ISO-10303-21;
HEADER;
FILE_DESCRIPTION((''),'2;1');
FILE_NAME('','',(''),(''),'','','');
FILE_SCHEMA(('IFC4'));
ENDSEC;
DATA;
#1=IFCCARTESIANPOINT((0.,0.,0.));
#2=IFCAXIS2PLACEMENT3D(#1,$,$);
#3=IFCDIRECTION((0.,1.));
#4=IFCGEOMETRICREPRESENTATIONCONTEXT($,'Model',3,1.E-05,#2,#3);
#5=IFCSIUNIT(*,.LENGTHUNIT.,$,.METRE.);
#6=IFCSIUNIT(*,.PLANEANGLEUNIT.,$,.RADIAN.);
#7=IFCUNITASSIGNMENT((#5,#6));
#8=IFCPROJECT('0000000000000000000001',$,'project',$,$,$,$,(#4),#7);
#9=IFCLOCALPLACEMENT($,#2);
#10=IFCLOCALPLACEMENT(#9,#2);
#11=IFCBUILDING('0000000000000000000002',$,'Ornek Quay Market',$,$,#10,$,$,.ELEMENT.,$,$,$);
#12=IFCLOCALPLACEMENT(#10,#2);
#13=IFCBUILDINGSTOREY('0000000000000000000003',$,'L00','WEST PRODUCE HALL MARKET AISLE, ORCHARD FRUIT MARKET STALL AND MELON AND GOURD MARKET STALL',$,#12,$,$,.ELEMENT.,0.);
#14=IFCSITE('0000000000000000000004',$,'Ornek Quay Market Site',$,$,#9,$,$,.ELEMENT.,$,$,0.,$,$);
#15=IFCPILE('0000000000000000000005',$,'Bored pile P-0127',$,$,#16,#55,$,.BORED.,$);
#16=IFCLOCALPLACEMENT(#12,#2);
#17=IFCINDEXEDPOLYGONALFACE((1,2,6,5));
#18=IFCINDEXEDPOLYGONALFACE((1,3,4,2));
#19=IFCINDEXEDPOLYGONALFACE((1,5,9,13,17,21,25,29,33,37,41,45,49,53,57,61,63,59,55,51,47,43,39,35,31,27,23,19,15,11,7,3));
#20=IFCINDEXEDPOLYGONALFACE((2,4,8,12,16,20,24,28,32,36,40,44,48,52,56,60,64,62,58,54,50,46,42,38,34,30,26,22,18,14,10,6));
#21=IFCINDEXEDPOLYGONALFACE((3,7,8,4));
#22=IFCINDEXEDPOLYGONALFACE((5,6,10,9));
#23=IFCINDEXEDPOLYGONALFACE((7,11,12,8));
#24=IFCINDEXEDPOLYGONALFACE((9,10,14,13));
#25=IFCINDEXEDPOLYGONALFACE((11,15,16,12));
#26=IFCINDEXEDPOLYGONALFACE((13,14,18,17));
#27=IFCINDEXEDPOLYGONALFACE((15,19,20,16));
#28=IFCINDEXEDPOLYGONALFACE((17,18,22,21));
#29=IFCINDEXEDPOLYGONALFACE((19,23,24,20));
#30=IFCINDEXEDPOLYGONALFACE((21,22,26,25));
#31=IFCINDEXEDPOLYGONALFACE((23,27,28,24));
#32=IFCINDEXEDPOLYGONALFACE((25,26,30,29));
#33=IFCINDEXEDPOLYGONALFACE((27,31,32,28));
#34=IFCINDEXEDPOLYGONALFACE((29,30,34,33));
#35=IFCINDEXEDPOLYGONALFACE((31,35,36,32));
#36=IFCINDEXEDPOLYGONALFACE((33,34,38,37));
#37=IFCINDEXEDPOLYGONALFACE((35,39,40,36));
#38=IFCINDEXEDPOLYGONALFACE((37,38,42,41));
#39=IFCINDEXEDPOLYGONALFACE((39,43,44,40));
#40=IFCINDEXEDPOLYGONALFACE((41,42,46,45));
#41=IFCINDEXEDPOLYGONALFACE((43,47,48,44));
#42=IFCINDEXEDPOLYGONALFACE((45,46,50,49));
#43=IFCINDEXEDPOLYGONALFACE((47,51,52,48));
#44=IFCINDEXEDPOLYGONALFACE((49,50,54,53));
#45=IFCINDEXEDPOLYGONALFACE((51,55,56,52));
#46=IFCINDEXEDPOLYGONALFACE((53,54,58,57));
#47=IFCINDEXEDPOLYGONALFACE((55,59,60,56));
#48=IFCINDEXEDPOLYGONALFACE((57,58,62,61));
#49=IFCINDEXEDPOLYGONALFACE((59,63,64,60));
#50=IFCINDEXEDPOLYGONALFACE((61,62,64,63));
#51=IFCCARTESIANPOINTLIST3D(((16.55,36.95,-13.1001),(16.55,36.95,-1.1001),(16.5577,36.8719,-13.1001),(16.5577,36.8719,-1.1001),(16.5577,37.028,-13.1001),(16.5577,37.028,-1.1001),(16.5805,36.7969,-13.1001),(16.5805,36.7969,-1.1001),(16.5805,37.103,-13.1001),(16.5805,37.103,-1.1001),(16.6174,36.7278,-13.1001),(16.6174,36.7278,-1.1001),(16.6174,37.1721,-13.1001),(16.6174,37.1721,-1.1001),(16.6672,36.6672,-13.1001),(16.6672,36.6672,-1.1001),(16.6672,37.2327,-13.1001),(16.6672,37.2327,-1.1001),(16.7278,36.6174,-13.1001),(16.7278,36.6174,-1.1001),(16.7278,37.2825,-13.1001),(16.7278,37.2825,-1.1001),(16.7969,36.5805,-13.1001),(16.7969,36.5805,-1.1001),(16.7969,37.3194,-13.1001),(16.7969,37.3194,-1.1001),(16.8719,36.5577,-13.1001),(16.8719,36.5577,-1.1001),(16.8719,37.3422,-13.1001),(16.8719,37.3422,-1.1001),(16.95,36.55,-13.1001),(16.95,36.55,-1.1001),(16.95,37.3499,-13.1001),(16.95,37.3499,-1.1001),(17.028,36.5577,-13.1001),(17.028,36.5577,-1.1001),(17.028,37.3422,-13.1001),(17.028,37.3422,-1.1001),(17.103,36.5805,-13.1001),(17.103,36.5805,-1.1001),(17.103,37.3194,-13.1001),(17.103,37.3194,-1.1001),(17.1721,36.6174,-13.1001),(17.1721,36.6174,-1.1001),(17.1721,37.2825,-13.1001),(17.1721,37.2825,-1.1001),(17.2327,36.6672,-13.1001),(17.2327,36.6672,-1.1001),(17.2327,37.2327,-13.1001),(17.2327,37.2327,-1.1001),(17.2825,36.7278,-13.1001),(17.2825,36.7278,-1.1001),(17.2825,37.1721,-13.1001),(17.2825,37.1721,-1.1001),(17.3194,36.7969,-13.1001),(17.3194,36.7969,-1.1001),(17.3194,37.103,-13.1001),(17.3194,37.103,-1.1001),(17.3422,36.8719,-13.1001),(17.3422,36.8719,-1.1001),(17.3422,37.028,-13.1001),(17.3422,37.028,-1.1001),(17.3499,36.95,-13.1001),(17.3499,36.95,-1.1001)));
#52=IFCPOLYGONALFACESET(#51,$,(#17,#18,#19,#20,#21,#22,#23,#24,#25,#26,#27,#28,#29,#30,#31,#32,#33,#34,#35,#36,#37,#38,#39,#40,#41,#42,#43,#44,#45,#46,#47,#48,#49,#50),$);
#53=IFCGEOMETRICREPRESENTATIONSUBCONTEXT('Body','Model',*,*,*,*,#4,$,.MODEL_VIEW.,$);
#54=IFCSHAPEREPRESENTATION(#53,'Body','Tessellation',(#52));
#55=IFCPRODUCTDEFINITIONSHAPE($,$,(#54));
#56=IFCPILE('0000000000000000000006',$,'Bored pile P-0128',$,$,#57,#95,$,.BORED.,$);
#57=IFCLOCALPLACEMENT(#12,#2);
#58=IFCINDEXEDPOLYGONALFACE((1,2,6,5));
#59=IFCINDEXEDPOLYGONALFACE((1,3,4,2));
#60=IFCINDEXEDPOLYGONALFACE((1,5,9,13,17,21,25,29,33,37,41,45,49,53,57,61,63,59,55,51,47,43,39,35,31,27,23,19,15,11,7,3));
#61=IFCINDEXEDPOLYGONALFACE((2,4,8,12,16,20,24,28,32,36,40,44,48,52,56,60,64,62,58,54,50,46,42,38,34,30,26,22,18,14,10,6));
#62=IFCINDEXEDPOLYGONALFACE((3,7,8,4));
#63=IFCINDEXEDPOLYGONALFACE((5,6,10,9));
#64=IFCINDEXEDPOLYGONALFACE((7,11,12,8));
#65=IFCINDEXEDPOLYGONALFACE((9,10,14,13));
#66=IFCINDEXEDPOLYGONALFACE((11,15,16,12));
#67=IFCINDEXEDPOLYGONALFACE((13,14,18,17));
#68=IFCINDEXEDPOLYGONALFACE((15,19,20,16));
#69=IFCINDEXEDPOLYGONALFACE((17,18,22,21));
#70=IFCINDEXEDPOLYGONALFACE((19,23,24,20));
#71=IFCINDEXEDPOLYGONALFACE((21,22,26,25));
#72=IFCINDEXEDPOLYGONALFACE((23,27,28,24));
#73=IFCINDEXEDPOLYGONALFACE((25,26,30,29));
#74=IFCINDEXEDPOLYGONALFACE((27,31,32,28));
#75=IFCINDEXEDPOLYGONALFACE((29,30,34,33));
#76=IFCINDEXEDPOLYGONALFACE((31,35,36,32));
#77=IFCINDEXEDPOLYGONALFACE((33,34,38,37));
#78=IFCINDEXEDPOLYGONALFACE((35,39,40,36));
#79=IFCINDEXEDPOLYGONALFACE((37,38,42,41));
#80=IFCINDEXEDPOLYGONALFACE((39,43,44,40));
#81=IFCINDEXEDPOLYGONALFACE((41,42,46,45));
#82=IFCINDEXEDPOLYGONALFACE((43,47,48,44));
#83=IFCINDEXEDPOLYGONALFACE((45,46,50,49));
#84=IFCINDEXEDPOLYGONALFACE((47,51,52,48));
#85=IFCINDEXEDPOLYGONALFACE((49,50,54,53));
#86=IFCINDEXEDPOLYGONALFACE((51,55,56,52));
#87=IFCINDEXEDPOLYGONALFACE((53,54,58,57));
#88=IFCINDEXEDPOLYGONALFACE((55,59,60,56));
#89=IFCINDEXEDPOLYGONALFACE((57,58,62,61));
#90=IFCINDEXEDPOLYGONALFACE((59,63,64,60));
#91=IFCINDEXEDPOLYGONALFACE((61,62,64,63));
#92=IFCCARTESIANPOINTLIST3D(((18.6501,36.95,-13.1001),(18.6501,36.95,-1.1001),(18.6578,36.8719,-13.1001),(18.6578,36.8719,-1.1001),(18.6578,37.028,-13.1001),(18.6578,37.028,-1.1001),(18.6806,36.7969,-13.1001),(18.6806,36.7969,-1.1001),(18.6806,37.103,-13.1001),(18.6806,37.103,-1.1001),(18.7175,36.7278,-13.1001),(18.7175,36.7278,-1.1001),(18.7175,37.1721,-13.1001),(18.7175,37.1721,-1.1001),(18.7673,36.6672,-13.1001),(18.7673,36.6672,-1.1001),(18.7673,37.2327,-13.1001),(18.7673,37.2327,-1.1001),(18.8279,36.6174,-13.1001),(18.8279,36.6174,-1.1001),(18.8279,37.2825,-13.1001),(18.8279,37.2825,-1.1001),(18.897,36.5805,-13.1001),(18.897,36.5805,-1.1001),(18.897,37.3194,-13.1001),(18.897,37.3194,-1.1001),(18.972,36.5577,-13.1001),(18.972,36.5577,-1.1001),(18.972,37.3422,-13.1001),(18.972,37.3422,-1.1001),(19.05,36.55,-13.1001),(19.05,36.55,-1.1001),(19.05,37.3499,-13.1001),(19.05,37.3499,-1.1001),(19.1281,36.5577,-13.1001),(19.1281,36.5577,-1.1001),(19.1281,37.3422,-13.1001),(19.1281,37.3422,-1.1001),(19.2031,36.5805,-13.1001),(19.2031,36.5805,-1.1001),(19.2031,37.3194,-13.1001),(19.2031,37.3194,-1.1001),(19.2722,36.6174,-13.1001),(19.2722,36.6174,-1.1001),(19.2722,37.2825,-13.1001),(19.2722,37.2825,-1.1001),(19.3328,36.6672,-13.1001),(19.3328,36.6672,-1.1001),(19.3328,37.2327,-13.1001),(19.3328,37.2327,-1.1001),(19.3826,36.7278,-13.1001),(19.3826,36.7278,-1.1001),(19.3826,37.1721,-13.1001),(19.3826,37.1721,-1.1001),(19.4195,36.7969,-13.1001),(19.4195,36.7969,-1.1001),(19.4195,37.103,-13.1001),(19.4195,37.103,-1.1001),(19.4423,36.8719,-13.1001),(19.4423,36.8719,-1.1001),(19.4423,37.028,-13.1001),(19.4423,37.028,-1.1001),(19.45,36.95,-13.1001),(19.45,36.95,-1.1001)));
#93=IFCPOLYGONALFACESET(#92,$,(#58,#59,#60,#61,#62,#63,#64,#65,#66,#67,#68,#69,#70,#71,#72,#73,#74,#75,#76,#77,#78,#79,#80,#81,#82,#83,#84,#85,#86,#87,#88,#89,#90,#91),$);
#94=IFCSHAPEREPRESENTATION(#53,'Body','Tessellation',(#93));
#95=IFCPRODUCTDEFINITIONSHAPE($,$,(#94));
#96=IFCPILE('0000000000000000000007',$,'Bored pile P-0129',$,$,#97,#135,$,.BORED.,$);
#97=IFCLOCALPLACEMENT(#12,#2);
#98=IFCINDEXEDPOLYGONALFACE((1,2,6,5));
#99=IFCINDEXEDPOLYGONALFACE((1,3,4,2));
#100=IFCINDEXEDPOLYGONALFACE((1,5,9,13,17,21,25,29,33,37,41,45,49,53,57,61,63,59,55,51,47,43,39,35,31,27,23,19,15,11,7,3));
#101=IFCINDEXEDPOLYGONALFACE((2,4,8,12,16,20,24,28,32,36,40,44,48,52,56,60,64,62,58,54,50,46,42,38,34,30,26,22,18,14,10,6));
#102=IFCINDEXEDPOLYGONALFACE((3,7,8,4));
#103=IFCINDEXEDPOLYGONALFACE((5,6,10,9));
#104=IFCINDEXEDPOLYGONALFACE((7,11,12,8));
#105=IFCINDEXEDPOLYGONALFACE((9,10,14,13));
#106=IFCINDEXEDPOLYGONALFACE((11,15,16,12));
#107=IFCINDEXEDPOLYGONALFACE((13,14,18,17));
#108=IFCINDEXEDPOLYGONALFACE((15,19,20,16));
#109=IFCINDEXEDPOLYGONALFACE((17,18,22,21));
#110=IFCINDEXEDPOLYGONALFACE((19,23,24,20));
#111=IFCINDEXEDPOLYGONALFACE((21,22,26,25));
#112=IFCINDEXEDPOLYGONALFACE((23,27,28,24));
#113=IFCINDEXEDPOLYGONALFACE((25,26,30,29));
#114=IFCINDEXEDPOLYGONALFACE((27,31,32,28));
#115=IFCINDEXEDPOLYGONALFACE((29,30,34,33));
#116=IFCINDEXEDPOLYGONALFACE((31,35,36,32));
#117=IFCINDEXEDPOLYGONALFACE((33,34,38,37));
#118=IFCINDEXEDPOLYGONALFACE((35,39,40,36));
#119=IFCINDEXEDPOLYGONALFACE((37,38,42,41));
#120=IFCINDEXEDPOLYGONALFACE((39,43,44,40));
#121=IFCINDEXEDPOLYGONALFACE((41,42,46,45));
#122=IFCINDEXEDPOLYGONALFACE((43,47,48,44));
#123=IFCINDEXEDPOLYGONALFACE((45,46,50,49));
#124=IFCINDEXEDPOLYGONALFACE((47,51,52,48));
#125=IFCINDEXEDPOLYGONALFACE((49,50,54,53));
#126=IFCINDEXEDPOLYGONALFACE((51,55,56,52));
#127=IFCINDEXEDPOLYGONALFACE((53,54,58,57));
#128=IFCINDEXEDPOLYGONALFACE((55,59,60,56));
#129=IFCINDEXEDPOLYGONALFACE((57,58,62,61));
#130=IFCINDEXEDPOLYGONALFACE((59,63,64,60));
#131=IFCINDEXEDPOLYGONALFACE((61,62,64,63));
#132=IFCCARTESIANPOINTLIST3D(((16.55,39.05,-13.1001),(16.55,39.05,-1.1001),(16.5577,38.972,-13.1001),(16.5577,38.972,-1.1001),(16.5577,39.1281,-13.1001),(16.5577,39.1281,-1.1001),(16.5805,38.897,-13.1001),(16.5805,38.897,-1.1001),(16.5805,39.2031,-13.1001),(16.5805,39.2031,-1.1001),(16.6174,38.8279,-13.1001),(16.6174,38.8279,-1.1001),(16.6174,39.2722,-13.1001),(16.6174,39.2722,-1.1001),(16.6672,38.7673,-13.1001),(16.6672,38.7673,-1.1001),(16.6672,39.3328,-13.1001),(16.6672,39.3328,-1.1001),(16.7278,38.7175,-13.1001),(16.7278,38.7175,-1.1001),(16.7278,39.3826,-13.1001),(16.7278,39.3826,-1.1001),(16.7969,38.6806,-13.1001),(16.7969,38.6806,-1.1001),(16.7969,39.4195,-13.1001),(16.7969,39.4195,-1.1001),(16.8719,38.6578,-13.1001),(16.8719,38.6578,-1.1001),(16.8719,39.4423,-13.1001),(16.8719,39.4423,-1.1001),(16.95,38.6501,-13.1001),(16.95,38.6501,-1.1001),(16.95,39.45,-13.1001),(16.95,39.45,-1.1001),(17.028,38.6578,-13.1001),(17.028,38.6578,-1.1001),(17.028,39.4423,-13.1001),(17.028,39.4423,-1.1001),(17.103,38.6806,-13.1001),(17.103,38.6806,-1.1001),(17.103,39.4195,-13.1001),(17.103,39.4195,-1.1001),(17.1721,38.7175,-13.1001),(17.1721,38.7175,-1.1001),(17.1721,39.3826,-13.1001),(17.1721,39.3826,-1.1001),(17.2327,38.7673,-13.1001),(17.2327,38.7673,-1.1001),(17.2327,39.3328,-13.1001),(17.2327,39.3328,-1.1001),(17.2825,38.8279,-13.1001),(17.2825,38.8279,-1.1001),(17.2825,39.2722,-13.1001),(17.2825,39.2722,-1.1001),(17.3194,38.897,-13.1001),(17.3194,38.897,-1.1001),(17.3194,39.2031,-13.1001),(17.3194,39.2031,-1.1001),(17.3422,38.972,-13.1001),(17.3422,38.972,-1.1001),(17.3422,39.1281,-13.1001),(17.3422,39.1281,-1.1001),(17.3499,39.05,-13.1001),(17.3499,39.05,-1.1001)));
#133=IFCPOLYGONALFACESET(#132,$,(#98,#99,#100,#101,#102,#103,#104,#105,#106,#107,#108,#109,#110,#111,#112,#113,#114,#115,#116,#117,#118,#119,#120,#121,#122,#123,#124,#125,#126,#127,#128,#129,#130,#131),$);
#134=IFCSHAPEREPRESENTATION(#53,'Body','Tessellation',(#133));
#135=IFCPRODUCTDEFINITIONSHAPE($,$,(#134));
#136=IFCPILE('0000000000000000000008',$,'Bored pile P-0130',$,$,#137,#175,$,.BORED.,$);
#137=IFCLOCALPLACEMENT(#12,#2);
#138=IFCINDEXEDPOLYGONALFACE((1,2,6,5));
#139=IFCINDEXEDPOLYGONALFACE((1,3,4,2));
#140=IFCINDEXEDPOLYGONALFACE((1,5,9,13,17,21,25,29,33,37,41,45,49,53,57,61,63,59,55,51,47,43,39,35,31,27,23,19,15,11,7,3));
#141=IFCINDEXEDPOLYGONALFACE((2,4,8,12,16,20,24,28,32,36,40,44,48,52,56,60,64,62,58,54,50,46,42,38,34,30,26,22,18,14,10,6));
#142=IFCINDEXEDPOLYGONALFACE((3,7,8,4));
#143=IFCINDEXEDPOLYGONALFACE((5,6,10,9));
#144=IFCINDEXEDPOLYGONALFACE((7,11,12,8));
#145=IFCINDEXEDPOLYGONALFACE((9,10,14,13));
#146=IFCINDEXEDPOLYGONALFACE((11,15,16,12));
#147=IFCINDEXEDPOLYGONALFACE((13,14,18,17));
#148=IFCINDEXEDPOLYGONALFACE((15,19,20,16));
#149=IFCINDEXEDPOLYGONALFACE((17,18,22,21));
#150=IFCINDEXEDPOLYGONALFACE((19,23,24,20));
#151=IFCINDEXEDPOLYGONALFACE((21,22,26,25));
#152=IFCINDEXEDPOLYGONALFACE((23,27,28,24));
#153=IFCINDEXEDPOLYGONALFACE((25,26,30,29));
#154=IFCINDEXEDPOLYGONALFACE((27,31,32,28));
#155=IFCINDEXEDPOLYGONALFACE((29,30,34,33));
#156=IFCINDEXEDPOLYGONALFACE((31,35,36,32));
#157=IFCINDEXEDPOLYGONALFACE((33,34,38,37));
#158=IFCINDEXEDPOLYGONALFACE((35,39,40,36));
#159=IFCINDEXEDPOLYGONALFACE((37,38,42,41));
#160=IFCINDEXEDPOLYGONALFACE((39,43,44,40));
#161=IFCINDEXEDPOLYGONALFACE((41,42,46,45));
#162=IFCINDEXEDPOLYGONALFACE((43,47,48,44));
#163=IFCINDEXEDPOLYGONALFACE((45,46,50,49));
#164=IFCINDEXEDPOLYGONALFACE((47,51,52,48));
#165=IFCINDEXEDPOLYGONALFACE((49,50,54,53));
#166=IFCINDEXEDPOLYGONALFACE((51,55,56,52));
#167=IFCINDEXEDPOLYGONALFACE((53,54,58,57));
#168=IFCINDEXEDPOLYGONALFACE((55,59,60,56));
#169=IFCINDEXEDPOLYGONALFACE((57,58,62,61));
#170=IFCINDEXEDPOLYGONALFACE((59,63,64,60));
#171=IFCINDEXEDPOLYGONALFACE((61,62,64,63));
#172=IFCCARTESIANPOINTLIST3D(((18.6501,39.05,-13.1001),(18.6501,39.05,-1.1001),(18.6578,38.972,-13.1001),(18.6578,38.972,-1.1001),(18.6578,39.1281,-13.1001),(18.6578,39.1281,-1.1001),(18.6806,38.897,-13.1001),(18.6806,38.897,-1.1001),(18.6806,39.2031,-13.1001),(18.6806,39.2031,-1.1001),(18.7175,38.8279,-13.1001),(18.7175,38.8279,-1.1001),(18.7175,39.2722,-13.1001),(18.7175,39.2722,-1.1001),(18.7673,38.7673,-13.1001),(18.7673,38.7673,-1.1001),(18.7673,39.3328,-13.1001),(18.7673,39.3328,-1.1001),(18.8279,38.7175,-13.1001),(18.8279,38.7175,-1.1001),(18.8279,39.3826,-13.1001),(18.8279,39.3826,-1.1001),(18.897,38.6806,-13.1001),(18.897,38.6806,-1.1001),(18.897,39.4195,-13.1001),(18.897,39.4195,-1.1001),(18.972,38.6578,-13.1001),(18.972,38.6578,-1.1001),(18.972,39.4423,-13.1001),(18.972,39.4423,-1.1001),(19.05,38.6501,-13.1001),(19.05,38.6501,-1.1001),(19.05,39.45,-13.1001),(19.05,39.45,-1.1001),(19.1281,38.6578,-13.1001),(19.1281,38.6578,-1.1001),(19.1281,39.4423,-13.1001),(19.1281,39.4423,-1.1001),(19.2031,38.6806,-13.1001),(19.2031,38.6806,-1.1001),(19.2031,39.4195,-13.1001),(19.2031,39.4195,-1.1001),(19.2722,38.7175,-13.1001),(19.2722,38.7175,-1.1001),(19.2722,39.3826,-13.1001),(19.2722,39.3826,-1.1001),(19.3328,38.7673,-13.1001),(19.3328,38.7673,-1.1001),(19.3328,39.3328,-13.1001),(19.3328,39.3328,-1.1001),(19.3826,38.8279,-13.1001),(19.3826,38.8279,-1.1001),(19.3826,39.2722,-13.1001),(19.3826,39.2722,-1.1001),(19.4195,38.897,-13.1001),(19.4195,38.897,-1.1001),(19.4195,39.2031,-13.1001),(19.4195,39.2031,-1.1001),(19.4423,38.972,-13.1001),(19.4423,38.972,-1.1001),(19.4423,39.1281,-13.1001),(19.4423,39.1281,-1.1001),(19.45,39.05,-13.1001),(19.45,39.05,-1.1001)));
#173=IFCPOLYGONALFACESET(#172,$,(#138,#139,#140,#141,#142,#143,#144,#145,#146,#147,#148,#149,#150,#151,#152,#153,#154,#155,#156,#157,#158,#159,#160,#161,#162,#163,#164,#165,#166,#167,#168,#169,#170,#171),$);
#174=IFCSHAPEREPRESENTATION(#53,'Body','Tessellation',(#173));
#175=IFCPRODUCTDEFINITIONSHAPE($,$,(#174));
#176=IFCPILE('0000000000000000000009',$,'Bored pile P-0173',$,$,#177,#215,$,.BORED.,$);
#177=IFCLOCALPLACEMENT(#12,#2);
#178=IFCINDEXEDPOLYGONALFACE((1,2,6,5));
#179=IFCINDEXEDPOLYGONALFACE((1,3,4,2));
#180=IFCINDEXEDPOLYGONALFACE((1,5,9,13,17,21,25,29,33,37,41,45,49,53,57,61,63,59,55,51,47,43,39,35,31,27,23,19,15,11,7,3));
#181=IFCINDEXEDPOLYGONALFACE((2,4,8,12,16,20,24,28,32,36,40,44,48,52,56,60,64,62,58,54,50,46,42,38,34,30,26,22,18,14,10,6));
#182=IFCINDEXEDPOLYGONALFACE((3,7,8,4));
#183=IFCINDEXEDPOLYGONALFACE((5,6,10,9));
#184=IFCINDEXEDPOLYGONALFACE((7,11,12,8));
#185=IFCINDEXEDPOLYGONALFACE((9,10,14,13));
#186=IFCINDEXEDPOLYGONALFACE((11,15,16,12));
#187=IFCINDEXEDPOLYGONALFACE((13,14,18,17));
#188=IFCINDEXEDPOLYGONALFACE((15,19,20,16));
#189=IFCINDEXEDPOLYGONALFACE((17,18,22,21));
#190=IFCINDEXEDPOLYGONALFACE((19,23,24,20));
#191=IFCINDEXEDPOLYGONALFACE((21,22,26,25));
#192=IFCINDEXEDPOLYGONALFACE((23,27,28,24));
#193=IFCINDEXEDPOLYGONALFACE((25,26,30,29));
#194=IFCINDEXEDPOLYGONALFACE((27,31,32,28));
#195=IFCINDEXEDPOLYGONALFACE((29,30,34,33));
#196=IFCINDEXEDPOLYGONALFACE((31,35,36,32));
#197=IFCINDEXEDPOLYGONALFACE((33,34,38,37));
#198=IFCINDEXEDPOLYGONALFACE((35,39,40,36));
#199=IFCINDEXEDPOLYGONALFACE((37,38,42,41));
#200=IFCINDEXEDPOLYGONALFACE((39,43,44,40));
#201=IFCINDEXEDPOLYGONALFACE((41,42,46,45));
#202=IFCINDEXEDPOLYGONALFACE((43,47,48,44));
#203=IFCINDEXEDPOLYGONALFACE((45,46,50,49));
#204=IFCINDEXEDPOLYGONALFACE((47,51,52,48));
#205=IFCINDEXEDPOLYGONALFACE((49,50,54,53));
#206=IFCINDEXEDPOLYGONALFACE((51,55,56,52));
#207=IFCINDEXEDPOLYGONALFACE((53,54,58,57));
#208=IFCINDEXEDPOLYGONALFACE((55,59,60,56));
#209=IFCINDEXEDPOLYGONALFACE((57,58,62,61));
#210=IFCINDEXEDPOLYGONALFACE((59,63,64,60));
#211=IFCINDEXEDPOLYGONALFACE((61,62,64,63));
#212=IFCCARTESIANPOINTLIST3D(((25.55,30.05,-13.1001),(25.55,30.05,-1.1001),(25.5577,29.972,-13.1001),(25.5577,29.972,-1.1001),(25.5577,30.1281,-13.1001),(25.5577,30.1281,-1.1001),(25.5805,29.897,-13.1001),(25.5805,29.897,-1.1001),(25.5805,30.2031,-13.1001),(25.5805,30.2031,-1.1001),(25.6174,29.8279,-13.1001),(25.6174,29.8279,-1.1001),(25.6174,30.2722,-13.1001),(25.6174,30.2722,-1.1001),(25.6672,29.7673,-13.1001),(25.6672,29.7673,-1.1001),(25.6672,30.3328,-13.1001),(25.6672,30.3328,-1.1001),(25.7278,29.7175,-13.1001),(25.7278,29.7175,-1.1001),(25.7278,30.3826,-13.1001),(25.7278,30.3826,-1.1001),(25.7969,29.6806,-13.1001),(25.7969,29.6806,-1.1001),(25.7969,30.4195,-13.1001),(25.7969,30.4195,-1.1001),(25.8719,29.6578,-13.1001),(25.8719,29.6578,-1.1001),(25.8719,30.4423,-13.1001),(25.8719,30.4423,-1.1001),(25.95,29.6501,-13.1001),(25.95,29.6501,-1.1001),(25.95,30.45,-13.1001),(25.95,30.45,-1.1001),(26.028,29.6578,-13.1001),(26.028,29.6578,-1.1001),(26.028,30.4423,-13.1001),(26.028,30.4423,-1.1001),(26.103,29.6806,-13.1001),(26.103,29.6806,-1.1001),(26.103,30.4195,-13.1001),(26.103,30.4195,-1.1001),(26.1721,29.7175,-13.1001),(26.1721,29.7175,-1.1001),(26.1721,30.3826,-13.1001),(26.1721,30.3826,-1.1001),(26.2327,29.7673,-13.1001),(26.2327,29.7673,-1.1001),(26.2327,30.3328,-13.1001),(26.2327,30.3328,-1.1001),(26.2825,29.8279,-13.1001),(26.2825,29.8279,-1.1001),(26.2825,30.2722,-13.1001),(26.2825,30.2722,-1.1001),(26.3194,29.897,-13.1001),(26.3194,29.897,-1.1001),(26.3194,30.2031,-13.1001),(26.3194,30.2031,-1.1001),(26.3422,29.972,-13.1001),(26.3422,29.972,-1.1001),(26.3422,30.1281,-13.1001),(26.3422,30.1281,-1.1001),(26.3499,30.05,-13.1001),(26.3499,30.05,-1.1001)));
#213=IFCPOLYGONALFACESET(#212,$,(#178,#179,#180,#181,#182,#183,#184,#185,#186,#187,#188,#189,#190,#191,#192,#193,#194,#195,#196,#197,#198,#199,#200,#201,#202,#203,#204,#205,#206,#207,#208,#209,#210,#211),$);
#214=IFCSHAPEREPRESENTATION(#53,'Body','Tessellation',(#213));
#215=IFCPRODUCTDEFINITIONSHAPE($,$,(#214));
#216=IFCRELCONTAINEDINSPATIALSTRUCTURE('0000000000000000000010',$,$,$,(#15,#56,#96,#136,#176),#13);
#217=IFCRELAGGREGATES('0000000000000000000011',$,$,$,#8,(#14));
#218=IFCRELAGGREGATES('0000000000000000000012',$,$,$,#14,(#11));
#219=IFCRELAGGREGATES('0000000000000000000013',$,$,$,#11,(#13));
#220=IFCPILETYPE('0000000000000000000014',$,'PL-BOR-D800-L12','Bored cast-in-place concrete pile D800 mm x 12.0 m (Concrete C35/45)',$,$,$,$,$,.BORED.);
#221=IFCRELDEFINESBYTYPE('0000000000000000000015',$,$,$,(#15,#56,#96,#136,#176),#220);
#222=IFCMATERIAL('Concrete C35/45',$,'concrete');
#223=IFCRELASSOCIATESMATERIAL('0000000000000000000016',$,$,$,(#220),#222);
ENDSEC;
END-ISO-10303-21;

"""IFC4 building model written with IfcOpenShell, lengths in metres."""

from ifc_helpers import new_model, si_unit, direction, frame, origin, origin_2d, place, context, subcontext, project, spatial, circle, extrude, material, material_profile, profile_set, type_object, element, save


model = new_model("IFC4")

# Units and contexts
model_context = context("Model", 3, precision=1e-05, world=origin(), true_north=direction((0.0, 1.0)))
body_context = subcontext(model_context, "Body", "Model", "MODEL_VIEW")
ifc_project = project(units=[si_unit("LENGTHUNIT", "METRE"), si_unit("PLANEANGLEUNIT", "RADIAN")], contexts=[model_context])

# Site, building, storey
site_placement = place(None, origin())
site = spatial("IfcSite", under=ifc_project, at=site_placement, Name="Ornek Quay Market Site", CompositionType="ELEMENT", RefElevation=0.0)
building_placement = place(site_placement, origin())
building = spatial("IfcBuilding", under=site, at=building_placement, Name="Ornek Quay Market", CompositionType="ELEMENT")
storey_placement = place(building_placement, origin())
storey = spatial("IfcBuildingStorey", under=building, at=storey_placement, Name="L00", Description="WEST PRODUCE HALL MARKET AISLE, ORCHARD FRUIT MARKET STALL AND MELON AND GOURD MARKET STALL", CompositionType="ELEMENT", Elevation=0.0)

# Piles
ifc_material_1 = material(Name="Concrete C35/45", Category="concrete")
ifc_material_profile_1 = material_profile(ifc_material_1, circle(Radius=0.3999, at=origin_2d()), Name="PILE D800", Category="concrete")
ifc_profile_set_1 = profile_set([ifc_material_profile_1], Name="Concrete C35/45")
pile_type_1 = type_object("IfcPileType", Name="PL-BOR-D800-L12", Description="Bored cast-in-place concrete pile D800 mm x 12.0 m (Concrete C35/45)", PredefinedType="BORED", material=ifc_profile_set_1)
for number, where, z_axis, x_axis, name in (
    (1, (16.95, 36.95, -1.1001), (0.0, 0.0, -1.0), (1.0, 0.0, 0.0), "Bored pile P-0127"),
    (2, (19.05, 36.95, -1.1001), (0.0, 0.0, -1.0), (1.0, 0.0, 0.0), "Bored pile P-0128"),
    (3, (16.95, 39.05, -1.1001), (0.0, 0.0, -1.0), (1.0, 0.0, 0.0), "Bored pile P-0129"),
    (4, (19.05, 39.05, -1.1001), (0.0, 0.0, -1.0), (1.0, 0.0, 0.0), "Bored pile P-0130"),
    (5, (25.95, 30.05, -1.1001), (0.0, 0.0, -1.0), (1.0, 0.0, 0.0), "Bored pile P-0173"),
):
    element("IfcPile", number, at=place(storey_placement, frame(where, z_axis=z_axis, x_axis=x_axis)), inside=storey, type_object=pile_type_1, Name=name, PredefinedType="BORED", context=body_context, shape_type="SweptSolid", body=[
        extrude(circle(Radius=0.3999, at=origin_2d()), origin(), (0.0, 0.0, 1.0), 12.0),
    ])

save(model, "model.ifc")
